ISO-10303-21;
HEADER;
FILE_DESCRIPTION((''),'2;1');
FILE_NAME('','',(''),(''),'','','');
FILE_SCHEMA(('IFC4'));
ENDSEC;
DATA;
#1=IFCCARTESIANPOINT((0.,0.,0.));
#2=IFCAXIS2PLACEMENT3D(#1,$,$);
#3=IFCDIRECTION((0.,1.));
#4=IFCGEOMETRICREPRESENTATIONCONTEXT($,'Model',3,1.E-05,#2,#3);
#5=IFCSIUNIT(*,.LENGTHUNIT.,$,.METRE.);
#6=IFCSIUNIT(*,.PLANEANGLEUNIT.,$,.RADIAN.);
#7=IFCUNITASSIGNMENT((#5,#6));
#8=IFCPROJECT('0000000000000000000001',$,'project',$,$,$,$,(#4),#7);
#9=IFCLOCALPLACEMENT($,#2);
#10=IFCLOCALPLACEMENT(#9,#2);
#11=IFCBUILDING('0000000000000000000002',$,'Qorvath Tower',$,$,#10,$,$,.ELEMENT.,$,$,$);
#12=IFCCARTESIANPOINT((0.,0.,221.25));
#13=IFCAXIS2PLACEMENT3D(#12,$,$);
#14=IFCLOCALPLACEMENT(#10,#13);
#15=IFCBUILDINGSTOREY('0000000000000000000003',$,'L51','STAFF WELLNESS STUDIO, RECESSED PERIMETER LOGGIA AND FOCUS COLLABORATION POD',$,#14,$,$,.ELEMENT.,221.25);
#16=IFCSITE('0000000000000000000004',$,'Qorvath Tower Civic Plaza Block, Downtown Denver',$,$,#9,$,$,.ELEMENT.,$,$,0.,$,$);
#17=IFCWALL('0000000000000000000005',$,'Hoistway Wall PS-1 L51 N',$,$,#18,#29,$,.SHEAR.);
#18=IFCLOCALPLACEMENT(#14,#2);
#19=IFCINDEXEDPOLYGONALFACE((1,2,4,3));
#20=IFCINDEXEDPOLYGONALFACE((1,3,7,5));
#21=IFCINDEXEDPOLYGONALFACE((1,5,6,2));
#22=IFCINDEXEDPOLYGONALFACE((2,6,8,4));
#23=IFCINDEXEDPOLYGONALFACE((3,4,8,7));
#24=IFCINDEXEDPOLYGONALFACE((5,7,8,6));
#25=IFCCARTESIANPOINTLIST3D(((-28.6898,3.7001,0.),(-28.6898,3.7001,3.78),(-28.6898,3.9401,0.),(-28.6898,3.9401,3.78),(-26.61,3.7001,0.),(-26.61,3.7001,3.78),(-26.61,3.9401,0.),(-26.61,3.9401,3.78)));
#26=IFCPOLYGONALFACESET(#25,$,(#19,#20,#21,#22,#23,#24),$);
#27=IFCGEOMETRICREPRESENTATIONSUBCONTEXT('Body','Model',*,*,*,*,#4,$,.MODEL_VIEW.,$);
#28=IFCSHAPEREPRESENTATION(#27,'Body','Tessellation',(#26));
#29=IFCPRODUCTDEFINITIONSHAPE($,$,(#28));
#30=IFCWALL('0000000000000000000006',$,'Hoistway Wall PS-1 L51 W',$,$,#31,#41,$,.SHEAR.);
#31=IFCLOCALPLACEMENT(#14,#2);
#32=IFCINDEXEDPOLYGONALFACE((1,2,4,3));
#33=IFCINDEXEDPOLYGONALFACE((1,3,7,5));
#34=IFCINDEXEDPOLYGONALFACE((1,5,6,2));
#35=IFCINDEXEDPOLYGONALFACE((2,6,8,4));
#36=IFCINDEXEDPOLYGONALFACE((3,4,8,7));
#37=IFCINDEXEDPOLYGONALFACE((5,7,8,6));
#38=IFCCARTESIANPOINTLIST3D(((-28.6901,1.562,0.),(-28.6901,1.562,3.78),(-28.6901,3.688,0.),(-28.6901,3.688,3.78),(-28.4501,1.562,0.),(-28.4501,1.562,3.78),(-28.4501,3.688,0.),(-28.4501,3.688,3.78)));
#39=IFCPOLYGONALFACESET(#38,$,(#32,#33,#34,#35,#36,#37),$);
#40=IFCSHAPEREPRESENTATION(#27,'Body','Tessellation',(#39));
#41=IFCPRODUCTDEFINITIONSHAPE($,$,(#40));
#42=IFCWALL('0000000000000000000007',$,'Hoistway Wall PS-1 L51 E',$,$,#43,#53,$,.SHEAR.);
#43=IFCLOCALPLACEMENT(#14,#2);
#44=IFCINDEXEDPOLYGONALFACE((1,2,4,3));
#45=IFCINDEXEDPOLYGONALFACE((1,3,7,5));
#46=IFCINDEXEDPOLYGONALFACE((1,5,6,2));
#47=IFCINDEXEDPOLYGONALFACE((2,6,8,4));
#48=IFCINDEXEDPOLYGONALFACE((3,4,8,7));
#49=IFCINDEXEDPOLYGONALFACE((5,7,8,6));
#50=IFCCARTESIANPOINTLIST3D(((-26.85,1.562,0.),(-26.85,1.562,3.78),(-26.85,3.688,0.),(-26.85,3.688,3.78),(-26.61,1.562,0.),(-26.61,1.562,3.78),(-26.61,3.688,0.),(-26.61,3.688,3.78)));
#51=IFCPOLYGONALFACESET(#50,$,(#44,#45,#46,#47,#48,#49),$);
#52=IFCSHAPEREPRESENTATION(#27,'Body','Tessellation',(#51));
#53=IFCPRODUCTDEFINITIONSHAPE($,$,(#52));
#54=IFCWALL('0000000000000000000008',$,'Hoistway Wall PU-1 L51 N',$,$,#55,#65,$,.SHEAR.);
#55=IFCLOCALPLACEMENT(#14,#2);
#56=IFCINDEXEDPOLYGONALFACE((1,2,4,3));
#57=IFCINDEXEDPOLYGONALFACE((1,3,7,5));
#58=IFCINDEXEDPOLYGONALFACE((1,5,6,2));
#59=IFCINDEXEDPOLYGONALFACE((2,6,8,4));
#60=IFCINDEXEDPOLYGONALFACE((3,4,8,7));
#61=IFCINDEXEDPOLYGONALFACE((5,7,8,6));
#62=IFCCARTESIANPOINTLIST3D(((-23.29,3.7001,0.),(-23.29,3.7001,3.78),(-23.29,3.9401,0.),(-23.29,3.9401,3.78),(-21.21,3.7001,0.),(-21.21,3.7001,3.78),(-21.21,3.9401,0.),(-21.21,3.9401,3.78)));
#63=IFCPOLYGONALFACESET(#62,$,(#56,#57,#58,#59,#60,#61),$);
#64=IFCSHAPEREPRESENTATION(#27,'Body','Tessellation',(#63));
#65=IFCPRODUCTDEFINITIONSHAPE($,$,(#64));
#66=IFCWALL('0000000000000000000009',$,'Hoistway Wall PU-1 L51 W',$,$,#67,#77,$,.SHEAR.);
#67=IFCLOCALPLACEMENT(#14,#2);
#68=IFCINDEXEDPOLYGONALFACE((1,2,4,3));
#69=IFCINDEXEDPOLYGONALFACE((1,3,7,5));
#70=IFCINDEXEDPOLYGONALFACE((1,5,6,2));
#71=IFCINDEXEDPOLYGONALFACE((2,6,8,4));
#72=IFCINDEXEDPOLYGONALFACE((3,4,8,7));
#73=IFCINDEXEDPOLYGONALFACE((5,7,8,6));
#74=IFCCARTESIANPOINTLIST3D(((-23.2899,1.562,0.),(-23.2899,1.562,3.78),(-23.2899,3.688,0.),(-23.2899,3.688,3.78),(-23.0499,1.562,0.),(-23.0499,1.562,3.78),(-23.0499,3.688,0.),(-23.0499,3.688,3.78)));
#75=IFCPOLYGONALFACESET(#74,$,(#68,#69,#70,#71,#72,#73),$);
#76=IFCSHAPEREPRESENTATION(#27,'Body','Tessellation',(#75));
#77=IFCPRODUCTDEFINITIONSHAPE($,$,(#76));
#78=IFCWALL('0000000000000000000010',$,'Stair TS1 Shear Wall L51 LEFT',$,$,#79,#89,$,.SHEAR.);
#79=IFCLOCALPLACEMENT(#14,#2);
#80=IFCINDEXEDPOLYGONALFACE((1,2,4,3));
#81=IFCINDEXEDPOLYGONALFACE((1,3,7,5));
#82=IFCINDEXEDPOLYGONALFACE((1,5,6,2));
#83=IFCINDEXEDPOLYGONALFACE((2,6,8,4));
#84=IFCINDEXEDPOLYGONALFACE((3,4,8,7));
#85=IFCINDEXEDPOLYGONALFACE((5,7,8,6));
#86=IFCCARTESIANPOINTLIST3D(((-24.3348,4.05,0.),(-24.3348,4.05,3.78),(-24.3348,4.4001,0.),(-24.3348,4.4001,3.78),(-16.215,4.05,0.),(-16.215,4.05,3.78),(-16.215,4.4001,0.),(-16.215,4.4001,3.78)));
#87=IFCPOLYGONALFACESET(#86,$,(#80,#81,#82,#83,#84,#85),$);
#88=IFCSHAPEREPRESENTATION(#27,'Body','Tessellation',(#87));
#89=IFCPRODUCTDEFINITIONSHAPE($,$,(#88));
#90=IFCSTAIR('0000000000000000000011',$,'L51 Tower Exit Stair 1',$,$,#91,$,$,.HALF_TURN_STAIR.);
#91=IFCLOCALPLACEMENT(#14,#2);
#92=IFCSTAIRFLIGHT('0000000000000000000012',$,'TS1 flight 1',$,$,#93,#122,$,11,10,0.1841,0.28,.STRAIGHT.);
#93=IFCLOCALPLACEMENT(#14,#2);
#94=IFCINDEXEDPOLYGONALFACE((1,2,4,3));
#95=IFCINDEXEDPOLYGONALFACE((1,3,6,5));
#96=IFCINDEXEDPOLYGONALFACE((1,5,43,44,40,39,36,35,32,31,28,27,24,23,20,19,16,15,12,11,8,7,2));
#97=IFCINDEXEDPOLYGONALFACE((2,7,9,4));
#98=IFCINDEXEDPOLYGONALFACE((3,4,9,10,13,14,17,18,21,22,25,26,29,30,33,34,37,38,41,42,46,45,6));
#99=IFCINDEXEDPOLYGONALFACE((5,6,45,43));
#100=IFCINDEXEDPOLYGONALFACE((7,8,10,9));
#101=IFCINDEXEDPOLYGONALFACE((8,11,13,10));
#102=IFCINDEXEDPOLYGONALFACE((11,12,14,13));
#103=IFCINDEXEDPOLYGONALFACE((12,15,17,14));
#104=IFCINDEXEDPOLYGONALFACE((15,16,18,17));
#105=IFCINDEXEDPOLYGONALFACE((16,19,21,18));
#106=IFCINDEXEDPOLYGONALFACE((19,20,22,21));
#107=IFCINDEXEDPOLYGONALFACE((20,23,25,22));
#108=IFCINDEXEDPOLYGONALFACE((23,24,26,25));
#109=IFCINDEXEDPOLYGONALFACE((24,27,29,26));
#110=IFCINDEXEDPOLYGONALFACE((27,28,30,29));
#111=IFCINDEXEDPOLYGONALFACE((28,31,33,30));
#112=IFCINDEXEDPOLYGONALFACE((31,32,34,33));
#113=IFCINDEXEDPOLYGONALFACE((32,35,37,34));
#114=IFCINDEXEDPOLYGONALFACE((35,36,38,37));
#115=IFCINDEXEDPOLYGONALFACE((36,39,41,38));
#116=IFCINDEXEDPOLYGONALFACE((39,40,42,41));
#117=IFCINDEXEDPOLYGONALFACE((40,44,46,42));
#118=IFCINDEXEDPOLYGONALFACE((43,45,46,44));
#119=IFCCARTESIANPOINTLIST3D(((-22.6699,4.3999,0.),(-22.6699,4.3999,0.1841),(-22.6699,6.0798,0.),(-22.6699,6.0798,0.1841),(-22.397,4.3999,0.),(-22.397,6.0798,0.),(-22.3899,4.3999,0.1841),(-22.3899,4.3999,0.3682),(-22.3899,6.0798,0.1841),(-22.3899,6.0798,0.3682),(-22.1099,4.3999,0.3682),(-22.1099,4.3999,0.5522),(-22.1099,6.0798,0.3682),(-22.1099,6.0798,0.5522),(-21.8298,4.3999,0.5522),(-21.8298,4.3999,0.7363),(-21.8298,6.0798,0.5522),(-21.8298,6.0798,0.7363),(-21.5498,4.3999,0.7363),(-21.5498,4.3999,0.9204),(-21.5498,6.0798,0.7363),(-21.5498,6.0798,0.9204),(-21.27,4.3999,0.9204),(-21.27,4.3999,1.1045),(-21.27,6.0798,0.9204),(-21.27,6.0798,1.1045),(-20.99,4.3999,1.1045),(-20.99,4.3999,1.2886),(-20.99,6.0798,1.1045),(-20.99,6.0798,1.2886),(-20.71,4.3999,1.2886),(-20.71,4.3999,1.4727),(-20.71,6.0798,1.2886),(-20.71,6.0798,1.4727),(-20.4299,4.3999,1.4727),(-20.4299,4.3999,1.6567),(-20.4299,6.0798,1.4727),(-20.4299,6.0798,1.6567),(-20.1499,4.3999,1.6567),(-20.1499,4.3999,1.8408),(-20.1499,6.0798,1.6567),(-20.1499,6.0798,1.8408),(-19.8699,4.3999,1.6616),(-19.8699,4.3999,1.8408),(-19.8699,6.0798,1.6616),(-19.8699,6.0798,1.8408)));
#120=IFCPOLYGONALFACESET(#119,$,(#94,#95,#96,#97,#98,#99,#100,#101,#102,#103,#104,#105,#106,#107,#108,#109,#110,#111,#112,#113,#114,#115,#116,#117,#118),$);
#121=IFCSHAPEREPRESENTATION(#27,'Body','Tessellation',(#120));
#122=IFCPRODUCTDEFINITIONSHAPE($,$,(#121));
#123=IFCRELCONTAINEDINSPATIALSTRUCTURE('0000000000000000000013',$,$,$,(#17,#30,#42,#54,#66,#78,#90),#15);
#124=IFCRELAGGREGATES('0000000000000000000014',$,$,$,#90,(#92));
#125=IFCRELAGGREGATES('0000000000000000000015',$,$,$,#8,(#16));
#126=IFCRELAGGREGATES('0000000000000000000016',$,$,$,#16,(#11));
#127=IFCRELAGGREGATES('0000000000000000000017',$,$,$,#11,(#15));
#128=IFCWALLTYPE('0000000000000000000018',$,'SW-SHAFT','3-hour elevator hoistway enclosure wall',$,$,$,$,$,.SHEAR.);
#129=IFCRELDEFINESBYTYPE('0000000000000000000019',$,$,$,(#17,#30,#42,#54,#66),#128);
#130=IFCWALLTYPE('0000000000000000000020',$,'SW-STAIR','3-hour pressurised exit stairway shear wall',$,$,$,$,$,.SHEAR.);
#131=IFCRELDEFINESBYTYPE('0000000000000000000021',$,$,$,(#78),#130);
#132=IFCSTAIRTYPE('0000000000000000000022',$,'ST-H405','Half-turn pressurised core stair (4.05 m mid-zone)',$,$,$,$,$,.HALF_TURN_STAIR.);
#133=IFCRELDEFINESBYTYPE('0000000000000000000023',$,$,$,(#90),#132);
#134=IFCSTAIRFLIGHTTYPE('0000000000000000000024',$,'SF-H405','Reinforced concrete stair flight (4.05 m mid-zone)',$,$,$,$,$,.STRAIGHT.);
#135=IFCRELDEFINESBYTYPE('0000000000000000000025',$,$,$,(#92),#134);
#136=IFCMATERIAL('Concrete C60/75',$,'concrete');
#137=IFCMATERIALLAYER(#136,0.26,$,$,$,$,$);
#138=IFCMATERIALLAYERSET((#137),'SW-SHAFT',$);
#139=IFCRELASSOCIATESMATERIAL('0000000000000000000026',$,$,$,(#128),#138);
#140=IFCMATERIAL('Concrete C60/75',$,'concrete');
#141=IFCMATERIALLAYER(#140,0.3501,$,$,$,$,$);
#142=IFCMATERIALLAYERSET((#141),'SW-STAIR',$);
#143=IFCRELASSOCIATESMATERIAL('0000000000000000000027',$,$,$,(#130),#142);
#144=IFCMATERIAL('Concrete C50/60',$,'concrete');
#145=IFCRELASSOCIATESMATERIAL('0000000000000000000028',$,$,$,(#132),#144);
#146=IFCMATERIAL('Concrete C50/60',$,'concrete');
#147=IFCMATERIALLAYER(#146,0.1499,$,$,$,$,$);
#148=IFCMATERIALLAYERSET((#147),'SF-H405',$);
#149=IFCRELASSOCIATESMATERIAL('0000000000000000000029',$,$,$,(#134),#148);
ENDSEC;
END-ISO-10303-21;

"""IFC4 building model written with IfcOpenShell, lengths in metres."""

from ifc_helpers import new_model, si_unit, direction, frame, frame_2d, origin, place, context, subcontext, project, spatial, polyline, rectangle, outline, extrude, material, layer, layer_set, type_object, element, aggregate, save


model = new_model("IFC4")

# Units and contexts
model_context = context("Model", 3, precision=1e-05, world=origin(), true_north=direction((0.0, 1.0)))
body_context = subcontext(model_context, "Body", "Model", "MODEL_VIEW")
ifc_project = project(units=[si_unit("LENGTHUNIT", "METRE"), si_unit("PLANEANGLEUNIT", "RADIAN")], contexts=[model_context])

# Site, building, storey
site_placement = place(None, origin())
site = spatial("IfcSite", under=ifc_project, at=site_placement, Name="Qorvath Tower Civic Plaza Block, Downtown Denver", CompositionType="ELEMENT", RefElevation=0.0)
building_placement = place(site_placement, origin())
building = spatial("IfcBuilding", under=site, at=building_placement, Name="Qorvath Tower", CompositionType="ELEMENT")
storey_placement = place(building_placement, frame((0.0, 0.0, 221.25)))
storey = spatial("IfcBuildingStorey", under=building, at=storey_placement, Name="L51", Description="STAFF WELLNESS STUDIO, RECESSED PERIMETER LOGGIA AND FOCUS COLLABORATION POD", CompositionType="ELEMENT", Elevation=221.25)

# Shared definitions
ifc_material_1 = material(Name="Concrete C60/75", Category="concrete")
ifc_layer_1 = layer(ifc_material_1, 0.26)
ifc_layer_set_1 = layer_set([ifc_layer_1], Name="SW-SHAFT")
wall_type_1 = type_object("IfcWallType", Name="SW-SHAFT", Description="3-hour elevator hoistway enclosure wall", PredefinedType="SHEAR", material=ifc_layer_set_1)

# Walls
for number, where, z_axis, x_axis, name in (
    (1, (-28.6899, 3.8201, 0.0), (0.0, 0.0, 1.0), (1.0, 0.0, 0.0), "Hoistway Wall PS-1 L51 N"),
):
    element("IfcWall", number, at=place(storey_placement, frame(where, z_axis=z_axis, x_axis=x_axis)), inside=storey, type_object=wall_type_1, Name=name, PredefinedType="SHEAR", context=body_context, shape_type="SweptSolid", body=[
        extrude(rectangle(XDim=2.0798, YDim=0.24, at=frame_2d((1.04, 0.0))), origin(), (0.0, 0.0, 1.0), 3.78),
    ])
for number, where, z_axis, x_axis, name in (
    (2, (-28.5701, 1.562, 0.0), (0.0, 0.0, 1.0), (0.0, 1.0, 0.0), "Hoistway Wall PS-1 L51 W"),
    (3, (-26.73, 3.688, 0.0), (0.0, 0.0, 1.0), (0.0, -1.0, 0.0), "Hoistway Wall PS-1 L51 E"),
):
    element("IfcWall", number, at=place(storey_placement, frame(where, z_axis=z_axis, x_axis=x_axis)), inside=storey, type_object=wall_type_1, Name=name, PredefinedType="SHEAR", context=body_context, shape_type="SweptSolid", body=[
        extrude(rectangle(XDim=2.126, YDim=0.24, at=frame_2d((1.063, 0.0))), origin(), (0.0, 0.0, 1.0), 3.78),
    ])
wall_1_placement = place(storey_placement, frame((-23.29, 3.8201, 0.0), z_axis=(0.0, 0.0, 1.0), x_axis=(1.0, 0.0, 0.0)))
element("IfcWall", 4, at=wall_1_placement, inside=storey, type_object=wall_type_1, Name="Hoistway Wall PU-1 L51 N", PredefinedType="SHEAR", context=body_context, shape_type="SweptSolid", body=[
    extrude(rectangle(XDim=2.0801, YDim=0.24, at=frame_2d((1.04, 0.0))), origin(), (0.0, 0.0, 1.0), 3.78),
])
wall_2_placement = place(storey_placement, frame((-23.1699, 1.562, 0.0), z_axis=(0.0, 0.0, 1.0), x_axis=(0.0, 1.0, 0.0)))
element("IfcWall", 5, at=wall_2_placement, inside=storey, type_object=wall_type_1, Name="Hoistway Wall PU-1 L51 W", PredefinedType="SHEAR", context=body_context, shape_type="SweptSolid", body=[
    extrude(rectangle(XDim=2.126, YDim=0.24, at=frame_2d((1.063, 0.0))), origin(), (0.0, 0.0, 1.0), 3.78),
])
ifc_material_2 = material(Name="Concrete C60/75", Category="concrete")
ifc_layer_2 = layer(ifc_material_2, 0.3501)
ifc_layer_set_2 = layer_set([ifc_layer_2], Name="SW-STAIR")
wall_type_2 = type_object("IfcWallType", Name="SW-STAIR", Description="3-hour pressurised exit stairway shear wall", PredefinedType="SHEAR", material=ifc_layer_set_2)
wall_3_placement = place(storey_placement, frame((-24.335, 4.2251, 0.0), z_axis=(0.0, 0.0, 1.0), x_axis=(1.0, 0.0, 0.0)))
element("IfcWall", 6, at=wall_3_placement, inside=storey, type_object=wall_type_2, Name="Stair TS1 Shear Wall L51 LEFT", PredefinedType="SHEAR", context=body_context, shape_type="SweptSolid", body=[
    extrude(rectangle(XDim=8.1199, YDim=0.3501, at=frame_2d((4.0601, 0.0))), origin(), (0.0, 0.0, 1.0), 3.78),
])

# Stair, stair flight
ifc_material_3 = material(Name="Concrete C50/60", Category="concrete")
stair_type = type_object("IfcStairType", Name="ST-H405", Description="Half-turn pressurised core stair (4.05 m mid-zone)", PredefinedType="HALF_TURN_STAIR", material=ifc_material_3)
stair_placement = place(storey_placement, origin())
stair = element("IfcStair", 7, at=stair_placement, inside=storey, type_object=stair_type, Name="L51 Tower Exit Stair 1", PredefinedType="HALF_TURN_STAIR")
ifc_material_4 = material(Name="Concrete C50/60", Category="concrete")
ifc_layer_3 = layer(ifc_material_4, 0.1499)
ifc_layer_set_3 = layer_set([ifc_layer_3], Name="SF-H405")
stair_flight_type = type_object("IfcStairFlightType", Name="SF-H405", Description="Reinforced concrete stair flight (4.05 m mid-zone)", PredefinedType="STRAIGHT", material=ifc_layer_set_3)
stair_flight_placement = place(storey_placement, frame((-22.6699, 5.24, 0.0), z_axis=(0.0, 0.0, 1.0), x_axis=(1.0, 0.0, 0.0)))
stair_flight = element("IfcStairFlight", 8, at=stair_flight_placement, type_object=stair_flight_type, Name="TS1 flight 1", NumberOfRisers=11, NumberOfTreads=10, PredefinedType="STRAIGHT", RiserHeight=0.1841, TreadLength=0.28, context=body_context, shape_type="SweptSolid", body=[
    extrude(outline(polyline([(0.0, 0.0), (0.0, 0.1841), (0.28, 0.1841), (0.28, 0.3682), (0.5601, 0.3682), (0.5601, 0.5522), (0.8401, 0.5522), (0.8401, 0.7363), (1.1201, 0.7363), (1.1201, 0.9204), (1.3999, 0.9204), (1.3999, 1.1045), (1.6799, 1.1045), (1.6799, 1.2886), (1.96, 1.2886), (1.96, 1.4727), (2.24, 1.4727), (2.24, 1.6567), (2.52, 1.6567), (2.52, 1.8408), (2.8, 1.8408), (2.8, 2.0249), (2.8, 1.6616), (0.2729, 0.0), (0.0, 0.0)])), frame((0.0, 0.8398, 0.0), z_axis=(0.0, -1.0, 0.0), x_axis=(1.0, 0.0, 0.0)), (0.0, 0.0, 1.0), 1.6799),
])
aggregate(stair, [stair_flight])

save(model, "model.ifc")
